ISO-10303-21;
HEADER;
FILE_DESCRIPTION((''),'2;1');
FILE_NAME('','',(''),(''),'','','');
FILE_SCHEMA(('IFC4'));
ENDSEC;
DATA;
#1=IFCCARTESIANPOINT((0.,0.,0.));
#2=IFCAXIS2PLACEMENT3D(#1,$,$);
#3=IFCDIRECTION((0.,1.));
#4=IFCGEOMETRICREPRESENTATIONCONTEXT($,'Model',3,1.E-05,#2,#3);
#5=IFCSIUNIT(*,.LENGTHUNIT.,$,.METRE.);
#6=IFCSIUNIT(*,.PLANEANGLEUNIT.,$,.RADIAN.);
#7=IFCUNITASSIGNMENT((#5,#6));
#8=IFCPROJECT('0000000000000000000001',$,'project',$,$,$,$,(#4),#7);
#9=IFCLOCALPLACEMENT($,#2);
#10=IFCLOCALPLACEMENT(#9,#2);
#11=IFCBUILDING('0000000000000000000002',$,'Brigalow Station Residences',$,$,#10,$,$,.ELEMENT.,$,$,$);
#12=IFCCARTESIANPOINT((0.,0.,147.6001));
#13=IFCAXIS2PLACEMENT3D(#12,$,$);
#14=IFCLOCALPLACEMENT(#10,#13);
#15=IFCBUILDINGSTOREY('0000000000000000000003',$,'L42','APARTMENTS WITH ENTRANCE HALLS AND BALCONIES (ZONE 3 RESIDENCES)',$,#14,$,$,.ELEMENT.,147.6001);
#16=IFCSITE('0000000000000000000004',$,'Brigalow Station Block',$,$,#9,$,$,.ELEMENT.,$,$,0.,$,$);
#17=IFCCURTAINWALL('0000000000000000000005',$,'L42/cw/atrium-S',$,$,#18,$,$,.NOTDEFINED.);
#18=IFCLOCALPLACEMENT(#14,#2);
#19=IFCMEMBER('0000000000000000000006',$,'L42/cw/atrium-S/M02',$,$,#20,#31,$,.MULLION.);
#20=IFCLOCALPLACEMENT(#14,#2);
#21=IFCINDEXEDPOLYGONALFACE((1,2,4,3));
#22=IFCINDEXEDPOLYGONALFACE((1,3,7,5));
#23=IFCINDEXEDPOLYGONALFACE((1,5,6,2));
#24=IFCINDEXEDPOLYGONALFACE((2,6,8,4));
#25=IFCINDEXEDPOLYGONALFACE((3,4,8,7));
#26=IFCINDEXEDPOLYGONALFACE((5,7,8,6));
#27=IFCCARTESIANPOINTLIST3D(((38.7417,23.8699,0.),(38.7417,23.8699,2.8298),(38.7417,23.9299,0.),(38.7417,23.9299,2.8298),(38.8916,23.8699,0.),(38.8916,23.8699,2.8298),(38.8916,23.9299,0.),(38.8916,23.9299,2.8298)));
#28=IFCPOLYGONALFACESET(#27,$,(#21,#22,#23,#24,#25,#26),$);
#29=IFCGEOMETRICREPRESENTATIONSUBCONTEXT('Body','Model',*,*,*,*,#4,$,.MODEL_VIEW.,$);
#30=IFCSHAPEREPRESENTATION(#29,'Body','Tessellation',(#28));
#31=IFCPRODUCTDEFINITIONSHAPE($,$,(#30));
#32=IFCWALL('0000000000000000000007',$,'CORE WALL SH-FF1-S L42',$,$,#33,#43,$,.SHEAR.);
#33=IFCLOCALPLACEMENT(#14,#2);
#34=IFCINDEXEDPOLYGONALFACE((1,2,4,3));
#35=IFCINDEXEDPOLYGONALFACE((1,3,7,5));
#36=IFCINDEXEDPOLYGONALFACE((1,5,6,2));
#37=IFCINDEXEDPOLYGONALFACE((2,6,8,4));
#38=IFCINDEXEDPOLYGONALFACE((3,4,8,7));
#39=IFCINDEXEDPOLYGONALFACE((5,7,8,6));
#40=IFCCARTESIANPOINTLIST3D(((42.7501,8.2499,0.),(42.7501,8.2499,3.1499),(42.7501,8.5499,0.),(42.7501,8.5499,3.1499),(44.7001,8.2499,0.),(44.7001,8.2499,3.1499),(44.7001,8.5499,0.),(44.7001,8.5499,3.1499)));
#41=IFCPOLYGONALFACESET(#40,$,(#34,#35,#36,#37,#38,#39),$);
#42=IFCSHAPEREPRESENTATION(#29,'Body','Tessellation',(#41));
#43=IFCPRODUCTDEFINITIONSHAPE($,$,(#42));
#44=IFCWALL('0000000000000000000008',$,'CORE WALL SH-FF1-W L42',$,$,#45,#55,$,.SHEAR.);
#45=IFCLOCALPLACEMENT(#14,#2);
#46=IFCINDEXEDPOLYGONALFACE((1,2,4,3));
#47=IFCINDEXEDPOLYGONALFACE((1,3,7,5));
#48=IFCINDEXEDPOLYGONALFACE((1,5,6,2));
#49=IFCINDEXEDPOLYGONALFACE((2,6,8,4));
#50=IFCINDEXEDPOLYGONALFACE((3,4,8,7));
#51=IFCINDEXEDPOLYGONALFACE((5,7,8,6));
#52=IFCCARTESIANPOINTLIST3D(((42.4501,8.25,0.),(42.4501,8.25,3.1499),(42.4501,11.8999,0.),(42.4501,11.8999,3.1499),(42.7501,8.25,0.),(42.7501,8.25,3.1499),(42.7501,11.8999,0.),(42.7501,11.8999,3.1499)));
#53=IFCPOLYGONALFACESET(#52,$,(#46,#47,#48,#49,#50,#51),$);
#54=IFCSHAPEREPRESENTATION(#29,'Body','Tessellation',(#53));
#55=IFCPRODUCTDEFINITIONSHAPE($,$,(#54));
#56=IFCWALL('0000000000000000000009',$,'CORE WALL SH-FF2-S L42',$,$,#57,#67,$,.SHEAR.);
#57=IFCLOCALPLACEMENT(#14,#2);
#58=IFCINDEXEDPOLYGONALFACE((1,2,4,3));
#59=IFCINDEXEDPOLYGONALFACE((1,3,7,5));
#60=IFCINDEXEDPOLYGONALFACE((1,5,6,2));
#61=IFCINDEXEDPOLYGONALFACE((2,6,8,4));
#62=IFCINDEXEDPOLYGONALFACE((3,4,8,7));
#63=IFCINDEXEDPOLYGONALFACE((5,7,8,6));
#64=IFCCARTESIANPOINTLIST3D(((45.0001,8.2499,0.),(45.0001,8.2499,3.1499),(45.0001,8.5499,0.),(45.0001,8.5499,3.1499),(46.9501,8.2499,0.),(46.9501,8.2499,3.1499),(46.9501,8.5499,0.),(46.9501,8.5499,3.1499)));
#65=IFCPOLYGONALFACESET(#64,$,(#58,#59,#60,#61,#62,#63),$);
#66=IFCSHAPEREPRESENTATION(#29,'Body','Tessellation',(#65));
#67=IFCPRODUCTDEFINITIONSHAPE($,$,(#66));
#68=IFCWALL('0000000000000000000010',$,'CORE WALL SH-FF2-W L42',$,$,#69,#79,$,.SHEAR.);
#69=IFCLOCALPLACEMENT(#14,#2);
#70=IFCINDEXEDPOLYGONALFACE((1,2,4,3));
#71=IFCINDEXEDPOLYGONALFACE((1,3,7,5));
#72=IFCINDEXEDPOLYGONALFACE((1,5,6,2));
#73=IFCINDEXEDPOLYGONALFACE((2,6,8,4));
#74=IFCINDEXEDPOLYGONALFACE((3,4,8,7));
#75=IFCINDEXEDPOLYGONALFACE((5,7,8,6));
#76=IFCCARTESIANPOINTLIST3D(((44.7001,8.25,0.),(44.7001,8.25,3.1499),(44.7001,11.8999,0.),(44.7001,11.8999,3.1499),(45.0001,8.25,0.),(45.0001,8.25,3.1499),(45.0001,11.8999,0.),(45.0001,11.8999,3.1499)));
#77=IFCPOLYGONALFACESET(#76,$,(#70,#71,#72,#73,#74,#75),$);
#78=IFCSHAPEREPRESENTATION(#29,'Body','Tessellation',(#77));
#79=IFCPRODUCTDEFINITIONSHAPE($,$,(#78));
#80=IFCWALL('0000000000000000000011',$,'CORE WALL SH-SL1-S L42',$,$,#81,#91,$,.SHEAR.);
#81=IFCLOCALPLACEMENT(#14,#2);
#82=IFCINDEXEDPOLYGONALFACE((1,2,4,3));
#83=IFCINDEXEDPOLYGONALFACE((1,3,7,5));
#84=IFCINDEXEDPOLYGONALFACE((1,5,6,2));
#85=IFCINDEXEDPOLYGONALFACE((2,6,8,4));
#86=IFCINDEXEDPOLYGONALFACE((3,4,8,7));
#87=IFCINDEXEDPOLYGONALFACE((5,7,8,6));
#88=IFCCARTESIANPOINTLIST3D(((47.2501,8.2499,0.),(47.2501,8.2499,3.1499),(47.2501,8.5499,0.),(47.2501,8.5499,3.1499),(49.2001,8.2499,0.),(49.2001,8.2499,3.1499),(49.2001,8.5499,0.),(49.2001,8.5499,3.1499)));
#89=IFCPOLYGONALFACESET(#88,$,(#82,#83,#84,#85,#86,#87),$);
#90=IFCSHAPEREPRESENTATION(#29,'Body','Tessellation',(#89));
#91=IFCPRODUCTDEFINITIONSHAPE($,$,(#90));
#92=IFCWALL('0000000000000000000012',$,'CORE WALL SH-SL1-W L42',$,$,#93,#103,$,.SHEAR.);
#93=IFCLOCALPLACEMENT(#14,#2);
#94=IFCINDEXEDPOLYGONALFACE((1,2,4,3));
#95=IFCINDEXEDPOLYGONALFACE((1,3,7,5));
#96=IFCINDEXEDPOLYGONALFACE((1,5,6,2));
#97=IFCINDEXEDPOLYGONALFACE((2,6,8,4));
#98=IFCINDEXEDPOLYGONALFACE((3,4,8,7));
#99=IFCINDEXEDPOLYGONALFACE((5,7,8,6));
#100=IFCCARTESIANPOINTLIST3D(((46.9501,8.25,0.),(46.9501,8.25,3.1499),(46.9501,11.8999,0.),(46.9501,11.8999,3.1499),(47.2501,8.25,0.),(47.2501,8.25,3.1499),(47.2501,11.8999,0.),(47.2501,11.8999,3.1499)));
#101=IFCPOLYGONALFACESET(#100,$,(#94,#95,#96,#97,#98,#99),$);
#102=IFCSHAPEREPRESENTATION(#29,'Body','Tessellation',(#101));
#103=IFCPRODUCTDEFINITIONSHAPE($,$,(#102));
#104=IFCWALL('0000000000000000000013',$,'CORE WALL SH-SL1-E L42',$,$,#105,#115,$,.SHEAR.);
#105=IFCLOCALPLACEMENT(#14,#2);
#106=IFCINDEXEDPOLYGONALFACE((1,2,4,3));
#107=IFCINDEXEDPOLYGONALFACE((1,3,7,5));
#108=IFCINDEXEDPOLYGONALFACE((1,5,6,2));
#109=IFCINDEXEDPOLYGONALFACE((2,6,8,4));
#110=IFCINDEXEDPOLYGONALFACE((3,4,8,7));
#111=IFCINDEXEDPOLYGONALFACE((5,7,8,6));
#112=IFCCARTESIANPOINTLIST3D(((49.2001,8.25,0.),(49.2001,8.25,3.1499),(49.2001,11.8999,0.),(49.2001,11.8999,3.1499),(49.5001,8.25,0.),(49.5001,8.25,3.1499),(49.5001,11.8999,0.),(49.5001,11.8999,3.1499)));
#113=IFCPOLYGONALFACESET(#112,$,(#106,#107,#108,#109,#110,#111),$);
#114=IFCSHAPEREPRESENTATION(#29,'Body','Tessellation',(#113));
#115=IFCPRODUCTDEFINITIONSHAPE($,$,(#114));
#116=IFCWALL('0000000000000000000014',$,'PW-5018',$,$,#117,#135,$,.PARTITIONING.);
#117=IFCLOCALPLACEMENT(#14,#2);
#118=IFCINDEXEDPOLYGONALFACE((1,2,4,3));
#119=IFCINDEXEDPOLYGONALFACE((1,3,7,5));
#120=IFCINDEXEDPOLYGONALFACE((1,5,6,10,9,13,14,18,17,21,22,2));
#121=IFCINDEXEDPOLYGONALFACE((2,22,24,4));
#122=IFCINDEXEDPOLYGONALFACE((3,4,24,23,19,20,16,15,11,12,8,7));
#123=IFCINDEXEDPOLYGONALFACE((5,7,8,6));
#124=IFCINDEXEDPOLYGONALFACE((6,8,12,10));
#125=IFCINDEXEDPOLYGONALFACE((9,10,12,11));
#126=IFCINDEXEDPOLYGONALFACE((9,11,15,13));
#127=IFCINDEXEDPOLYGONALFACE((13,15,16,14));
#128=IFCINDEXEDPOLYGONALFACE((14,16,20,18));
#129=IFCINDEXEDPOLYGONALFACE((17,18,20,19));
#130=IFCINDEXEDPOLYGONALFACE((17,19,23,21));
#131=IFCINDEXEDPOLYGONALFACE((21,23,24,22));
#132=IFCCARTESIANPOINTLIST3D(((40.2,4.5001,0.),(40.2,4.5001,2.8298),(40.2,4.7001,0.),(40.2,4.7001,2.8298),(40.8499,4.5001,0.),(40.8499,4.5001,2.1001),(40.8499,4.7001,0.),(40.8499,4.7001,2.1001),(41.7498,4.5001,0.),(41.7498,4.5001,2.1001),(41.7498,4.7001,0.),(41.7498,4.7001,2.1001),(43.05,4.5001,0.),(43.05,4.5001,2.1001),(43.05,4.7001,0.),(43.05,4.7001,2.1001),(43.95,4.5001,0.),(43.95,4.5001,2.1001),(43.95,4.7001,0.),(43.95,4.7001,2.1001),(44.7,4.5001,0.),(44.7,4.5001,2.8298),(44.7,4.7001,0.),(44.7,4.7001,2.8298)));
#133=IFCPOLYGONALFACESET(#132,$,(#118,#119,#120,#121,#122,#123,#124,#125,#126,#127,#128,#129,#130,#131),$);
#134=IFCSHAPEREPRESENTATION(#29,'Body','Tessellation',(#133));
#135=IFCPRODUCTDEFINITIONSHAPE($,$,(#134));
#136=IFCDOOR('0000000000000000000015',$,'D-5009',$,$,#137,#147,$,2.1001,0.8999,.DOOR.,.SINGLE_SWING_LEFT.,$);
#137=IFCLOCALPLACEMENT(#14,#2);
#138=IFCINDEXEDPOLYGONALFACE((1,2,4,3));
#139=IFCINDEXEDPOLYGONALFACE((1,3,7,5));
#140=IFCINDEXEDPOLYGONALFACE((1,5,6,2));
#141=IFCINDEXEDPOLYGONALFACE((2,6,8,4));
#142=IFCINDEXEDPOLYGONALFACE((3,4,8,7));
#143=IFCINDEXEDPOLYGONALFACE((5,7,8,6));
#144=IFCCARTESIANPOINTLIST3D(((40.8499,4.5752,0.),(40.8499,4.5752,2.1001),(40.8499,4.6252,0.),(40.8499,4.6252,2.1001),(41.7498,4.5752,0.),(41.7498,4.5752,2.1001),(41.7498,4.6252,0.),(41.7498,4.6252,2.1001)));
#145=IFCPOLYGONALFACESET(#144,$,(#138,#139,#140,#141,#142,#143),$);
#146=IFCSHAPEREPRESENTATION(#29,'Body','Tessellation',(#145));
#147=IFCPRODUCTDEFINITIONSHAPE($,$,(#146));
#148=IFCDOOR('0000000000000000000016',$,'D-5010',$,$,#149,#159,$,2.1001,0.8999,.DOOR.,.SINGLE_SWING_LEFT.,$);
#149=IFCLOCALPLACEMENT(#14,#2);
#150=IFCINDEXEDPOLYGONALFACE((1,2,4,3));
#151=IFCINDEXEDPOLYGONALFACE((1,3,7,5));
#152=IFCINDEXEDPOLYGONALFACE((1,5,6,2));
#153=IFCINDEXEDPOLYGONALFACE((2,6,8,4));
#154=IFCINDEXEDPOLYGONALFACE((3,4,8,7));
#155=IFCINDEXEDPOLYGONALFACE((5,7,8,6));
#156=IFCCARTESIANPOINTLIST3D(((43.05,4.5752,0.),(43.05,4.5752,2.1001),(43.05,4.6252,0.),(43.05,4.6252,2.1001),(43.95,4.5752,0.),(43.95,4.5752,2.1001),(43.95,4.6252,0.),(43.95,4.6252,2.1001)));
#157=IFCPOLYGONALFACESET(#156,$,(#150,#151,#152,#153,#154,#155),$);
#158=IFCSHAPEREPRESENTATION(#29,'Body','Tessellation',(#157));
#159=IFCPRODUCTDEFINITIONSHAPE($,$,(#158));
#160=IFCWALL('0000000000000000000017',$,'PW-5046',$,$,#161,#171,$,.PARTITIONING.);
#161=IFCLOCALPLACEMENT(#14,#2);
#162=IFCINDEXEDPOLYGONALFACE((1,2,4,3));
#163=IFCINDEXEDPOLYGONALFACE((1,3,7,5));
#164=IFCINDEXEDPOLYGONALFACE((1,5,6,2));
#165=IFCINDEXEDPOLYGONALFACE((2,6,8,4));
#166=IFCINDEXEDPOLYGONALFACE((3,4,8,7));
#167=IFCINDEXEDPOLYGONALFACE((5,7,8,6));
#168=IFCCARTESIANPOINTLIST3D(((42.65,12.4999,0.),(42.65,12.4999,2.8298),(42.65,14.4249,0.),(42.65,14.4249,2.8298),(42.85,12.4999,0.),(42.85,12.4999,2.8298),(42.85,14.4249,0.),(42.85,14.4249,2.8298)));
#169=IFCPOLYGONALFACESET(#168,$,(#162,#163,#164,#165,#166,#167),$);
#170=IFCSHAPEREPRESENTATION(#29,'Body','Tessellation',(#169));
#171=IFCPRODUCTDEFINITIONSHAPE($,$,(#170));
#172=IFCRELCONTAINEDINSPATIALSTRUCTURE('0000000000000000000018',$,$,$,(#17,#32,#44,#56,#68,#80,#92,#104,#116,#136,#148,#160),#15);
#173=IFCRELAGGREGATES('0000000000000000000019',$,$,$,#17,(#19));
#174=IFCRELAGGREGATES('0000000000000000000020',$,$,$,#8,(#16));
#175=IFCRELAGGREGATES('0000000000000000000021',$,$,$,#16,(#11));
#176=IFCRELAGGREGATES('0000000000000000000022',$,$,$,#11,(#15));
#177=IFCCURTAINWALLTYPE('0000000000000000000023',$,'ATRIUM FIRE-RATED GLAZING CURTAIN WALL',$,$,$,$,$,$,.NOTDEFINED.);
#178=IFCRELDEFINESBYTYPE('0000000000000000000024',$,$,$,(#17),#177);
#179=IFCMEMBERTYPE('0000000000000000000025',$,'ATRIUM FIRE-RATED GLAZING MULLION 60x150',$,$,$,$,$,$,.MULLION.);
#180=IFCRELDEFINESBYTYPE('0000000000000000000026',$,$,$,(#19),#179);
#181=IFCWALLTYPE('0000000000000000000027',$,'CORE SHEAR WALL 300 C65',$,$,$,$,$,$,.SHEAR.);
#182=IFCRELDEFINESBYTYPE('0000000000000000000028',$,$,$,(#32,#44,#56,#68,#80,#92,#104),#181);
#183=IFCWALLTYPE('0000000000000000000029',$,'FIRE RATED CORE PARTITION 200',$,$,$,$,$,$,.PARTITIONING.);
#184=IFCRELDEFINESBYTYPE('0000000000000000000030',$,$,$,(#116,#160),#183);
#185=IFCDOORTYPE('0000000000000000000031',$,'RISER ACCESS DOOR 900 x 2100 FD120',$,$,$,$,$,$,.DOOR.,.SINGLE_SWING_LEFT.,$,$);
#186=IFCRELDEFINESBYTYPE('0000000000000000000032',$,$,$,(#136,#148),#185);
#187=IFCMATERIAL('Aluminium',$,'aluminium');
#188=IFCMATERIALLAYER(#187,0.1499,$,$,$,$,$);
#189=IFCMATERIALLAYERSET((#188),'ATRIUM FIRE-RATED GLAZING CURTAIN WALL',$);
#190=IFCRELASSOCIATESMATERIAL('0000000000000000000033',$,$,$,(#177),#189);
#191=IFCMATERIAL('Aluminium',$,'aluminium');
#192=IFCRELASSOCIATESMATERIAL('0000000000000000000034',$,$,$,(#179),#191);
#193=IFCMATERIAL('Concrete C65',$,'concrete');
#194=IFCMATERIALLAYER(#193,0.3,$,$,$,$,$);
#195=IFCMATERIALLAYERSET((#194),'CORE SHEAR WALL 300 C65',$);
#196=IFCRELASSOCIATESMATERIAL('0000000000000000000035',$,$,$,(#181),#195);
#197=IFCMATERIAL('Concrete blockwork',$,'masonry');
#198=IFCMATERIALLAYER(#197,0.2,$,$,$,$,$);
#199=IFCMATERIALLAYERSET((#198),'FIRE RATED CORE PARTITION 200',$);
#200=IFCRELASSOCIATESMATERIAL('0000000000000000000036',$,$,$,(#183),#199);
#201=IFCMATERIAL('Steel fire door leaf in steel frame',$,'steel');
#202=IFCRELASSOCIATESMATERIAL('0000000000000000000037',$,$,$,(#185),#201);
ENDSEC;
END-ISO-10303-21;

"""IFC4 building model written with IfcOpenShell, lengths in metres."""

from ifc_helpers import new_model, si_unit, direction, frame, frame_2d, origin, origin_2d, place, context, subcontext, project, spatial, rectangle, extrude, material, layer, layer_set, material_profile, profile_set, type_object, element, fill, aggregate, save


model = new_model("IFC4")

# Units and contexts
model_context = context("Model", 3, precision=1e-05, world=origin(), true_north=direction((0.0, 1.0)))
body_context = subcontext(model_context, "Body", "Model", "MODEL_VIEW")
ifc_project = project(units=[si_unit("LENGTHUNIT", "METRE"), si_unit("PLANEANGLEUNIT", "RADIAN")], contexts=[model_context])

# Site, building, storey
site_placement = place(None, origin())
site = spatial("IfcSite", under=ifc_project, at=site_placement, Name="Brigalow Station Block", CompositionType="ELEMENT", RefElevation=0.0)
building_placement = place(site_placement, origin())
building = spatial("IfcBuilding", under=site, at=building_placement, Name="Brigalow Station Residences", CompositionType="ELEMENT")
storey_placement = place(building_placement, frame((0.0, 0.0, 147.6001)))
storey = spatial("IfcBuildingStorey", under=building, at=storey_placement, Name="L42", Description="APARTMENTS WITH ENTRANCE HALLS AND BALCONIES (ZONE 3 RESIDENCES)", CompositionType="ELEMENT", Elevation=147.6001)

# Curtain wall, member
ifc_material_1 = material(Name="Aluminium", Category="aluminium")
ifc_layer_1 = layer(ifc_material_1, 0.1499)
ifc_layer_set_1 = layer_set([ifc_layer_1], Name="ATRIUM FIRE-RATED GLAZING CURTAIN WALL")
curtain_wall_type = type_object("IfcCurtainWallType", Name="ATRIUM FIRE-RATED GLAZING CURTAIN WALL", PredefinedType="NOTDEFINED", material=ifc_layer_set_1)
curtain_wall_placement = place(storey_placement, origin())
curtain_wall = element("IfcCurtainWall", 1, at=curtain_wall_placement, inside=storey, type_object=curtain_wall_type, Name="L42/cw/atrium-S", PredefinedType="NOTDEFINED")
ifc_material_2 = material(Name="Aluminium", Category="aluminium")
ifc_material_profile = material_profile(ifc_material_2, rectangle(XDim=0.0601, YDim=0.1499, at=origin_2d()), Name="ATRIUM FIRE-RATED GLAZING MULLION 60x150")
ifc_profile_set = profile_set([ifc_material_profile], Name="Aluminium")
member_type = type_object("IfcMemberType", Name="ATRIUM FIRE-RATED GLAZING MULLION 60x150", PredefinedType="MULLION", material=ifc_profile_set)
member_placement = place(storey_placement, frame((38.8167, 23.8999, 0.0), z_axis=(0.0, 0.0, 1.0), x_axis=(0.0, 1.0, 0.0)))
member = element("IfcMember", 2, at=member_placement, type_object=member_type, Name="L42/cw/atrium-S/M02", PredefinedType="MULLION", context=body_context, shape_type="SweptSolid", body=[
    extrude(rectangle(XDim=0.0601, YDim=0.1499, at=origin_2d()), origin(), (0.0, 0.0, 1.0), 2.8298),
])
aggregate(curtain_wall, [member])

# Walls
ifc_material_3 = material(Name="Concrete C65", Category="concrete")
ifc_layer_2 = layer(ifc_material_3, 0.3)
ifc_layer_set_2 = layer_set([ifc_layer_2], Name="CORE SHEAR WALL 300 C65")
wall_type_1 = type_object("IfcWallType", Name="CORE SHEAR WALL 300 C65", PredefinedType="SHEAR", material=ifc_layer_set_2)
wall_1_placement = place(storey_placement, frame((42.75, 8.3999, 0.0), z_axis=(0.0, 0.0, 1.0), x_axis=(1.0, 0.0, 0.0)))
element("IfcWall", 3, at=wall_1_placement, inside=storey, type_object=wall_type_1, Name="CORE WALL SH-FF1-S L42", PredefinedType="SHEAR", context=body_context, shape_type="SweptSolid", body=[
    extrude(rectangle(XDim=1.95, YDim=0.3, at=frame_2d((0.9751, 0.0))), origin(), (0.0, 0.0, 1.0), 3.1499),
])
wall_2_placement = place(storey_placement, frame((42.6001, 8.25, 0.0), z_axis=(0.0, 0.0, 1.0), x_axis=(0.0, 1.0, 0.0)))
element("IfcWall", 4, at=wall_2_placement, inside=storey, type_object=wall_type_1, Name="CORE WALL SH-FF1-W L42", PredefinedType="SHEAR", context=body_context, shape_type="SweptSolid", body=[
    extrude(rectangle(XDim=3.6499, YDim=0.3, at=frame_2d((1.825, 0.0))), origin(), (0.0, 0.0, 1.0), 3.1499),
])
wall_3_placement = place(storey_placement, frame((45.0, 8.3999, 0.0), z_axis=(0.0, 0.0, 1.0), x_axis=(1.0, 0.0, 0.0)))
element("IfcWall", 5, at=wall_3_placement, inside=storey, type_object=wall_type_1, Name="CORE WALL SH-FF2-S L42", PredefinedType="SHEAR", context=body_context, shape_type="SweptSolid", body=[
    extrude(rectangle(XDim=1.95, YDim=0.3, at=frame_2d((0.9751, 0.0))), origin(), (0.0, 0.0, 1.0), 3.1499),
])
wall_4_placement = place(storey_placement, frame((44.8501, 8.25, 0.0), z_axis=(0.0, 0.0, 1.0), x_axis=(0.0, 1.0, 0.0)))
element("IfcWall", 6, at=wall_4_placement, inside=storey, type_object=wall_type_1, Name="CORE WALL SH-FF2-W L42", PredefinedType="SHEAR", context=body_context, shape_type="SweptSolid", body=[
    extrude(rectangle(XDim=3.6499, YDim=0.3, at=frame_2d((1.825, 0.0))), origin(), (0.0, 0.0, 1.0), 3.1499),
])
wall_5_placement = place(storey_placement, frame((47.25, 8.3999, 0.0), z_axis=(0.0, 0.0, 1.0), x_axis=(1.0, 0.0, 0.0)))
element("IfcWall", 7, at=wall_5_placement, inside=storey, type_object=wall_type_1, Name="CORE WALL SH-SL1-S L42", PredefinedType="SHEAR", context=body_context, shape_type="SweptSolid", body=[
    extrude(rectangle(XDim=1.95, YDim=0.3, at=frame_2d((0.9751, 0.0))), origin(), (0.0, 0.0, 1.0), 3.1499),
])
for number, where, z_axis, x_axis, name in (
    (8, (47.1001, 8.25, 0.0), (0.0, 0.0, 1.0), (0.0, 1.0, 0.0), "CORE WALL SH-SL1-W L42"),
    (9, (49.3501, 8.25, 0.0), (0.0, 0.0, 1.0), (0.0, 1.0, 0.0), "CORE WALL SH-SL1-E L42"),
):
    element("IfcWall", number, at=place(storey_placement, frame(where, z_axis=z_axis, x_axis=x_axis)), inside=storey, type_object=wall_type_1, Name=name, PredefinedType="SHEAR", context=body_context, shape_type="SweptSolid", body=[
        extrude(rectangle(XDim=3.6499, YDim=0.3, at=frame_2d((1.825, 0.0))), origin(), (0.0, 0.0, 1.0), 3.1499),
    ])

# Wall, openings, doors
ifc_material_4 = material(Name="Concrete blockwork", Category="masonry")
ifc_layer_3 = layer(ifc_material_4, 0.2)
ifc_layer_set_3 = layer_set([ifc_layer_3], Name="FIRE RATED CORE PARTITION 200")
wall_type_2 = type_object("IfcWallType", Name="FIRE RATED CORE PARTITION 200", PredefinedType="PARTITIONING", material=ifc_layer_set_3)
wall_6_placement = place(storey_placement, frame((40.2, 4.6001, 0.0), z_axis=(0.0, 0.0, 1.0), x_axis=(1.0, 0.0, 0.0)))
wall_6 = element("IfcWall", 10, at=wall_6_placement, inside=storey, type_object=wall_type_2, Name="PW-5018", PredefinedType="PARTITIONING", context=body_context, shape_type="SweptSolid", body=[
    extrude(rectangle(XDim=4.5, YDim=0.2, at=frame_2d((2.25, 0.0))), origin(), (0.0, 0.0, 1.0), 2.8298),
])
opening_1_placement = place(wall_6_placement, frame((0.6499, 0.0, 0.0)))
opening_1 = element("IfcOpeningElement", 11, at=opening_1_placement, cuts=wall_6, PredefinedType="OPENING", context=body_context, shape_type="SweptSolid", body=[
    extrude(rectangle(XDim=0.8999, YDim=2.1001, at=frame_2d((0.45, 1.05))), frame((0.0, 0.1099, 0.0), z_axis=(0.0, -1.0, 0.0), x_axis=(1.0, 0.0, 0.0)), (0.0, 0.0, 1.0), 0.22),
])
opening_2_placement = place(wall_6_placement, frame((2.8501, 0.0, 0.0)))
opening_2 = element("IfcOpeningElement", 12, at=opening_2_placement, cuts=wall_6, PredefinedType="OPENING", context=body_context, shape_type="SweptSolid", body=[
    extrude(rectangle(XDim=0.8999, YDim=2.1001, at=frame_2d((0.45, 1.05))), frame((0.0, 0.1099, 0.0), z_axis=(0.0, -1.0, 0.0), x_axis=(1.0, 0.0, 0.0)), (0.0, 0.0, 1.0), 0.22),
])
ifc_material_5 = material(Name="Steel fire door leaf in steel frame", Category="steel")
door_type_1 = type_object("IfcDoorType", Name="RISER ACCESS DOOR 900 x 2100 FD120", OperationType="SINGLE_SWING_LEFT", PredefinedType="DOOR", material=ifc_material_5)
door_1_placement = place(opening_1_placement, frame((0.8999, 0.0, 0.0), z_axis=(0.0, 0.0, 1.0), x_axis=(-1.0, 0.0, 0.0)))
door_1 = element("IfcDoor", 13, at=door_1_placement, inside=storey, type_object=door_type_1, Name="D-5009", OperationType="SINGLE_SWING_LEFT", OverallHeight=2.1001, OverallWidth=0.8999, PredefinedType="DOOR", context=body_context, shape_type="SweptSolid", body=[
    extrude(rectangle(XDim=0.8999, YDim=2.1001, at=frame_2d((0.45, 1.05))), frame((0.0, 0.0249, 0.0), z_axis=(0.0, -1.0, 0.0), x_axis=(1.0, 0.0, 0.0)), (0.0, 0.0, 1.0), 0.05),
])
fill(opening_1, door_1)
door_2_placement = place(opening_2_placement, frame((0.8999, 0.0, 0.0), z_axis=(0.0, 0.0, 1.0), x_axis=(-1.0, 0.0, 0.0)))
door_2 = element("IfcDoor", 14, at=door_2_placement, inside=storey, type_object=door_type_1, Name="D-5010", OperationType="SINGLE_SWING_LEFT", OverallHeight=2.1001, OverallWidth=0.8999, PredefinedType="DOOR", context=body_context, shape_type="SweptSolid", body=[
    extrude(rectangle(XDim=0.8999, YDim=2.1001, at=frame_2d((0.45, 1.05))), frame((0.0, 0.0249, 0.0), z_axis=(0.0, -1.0, 0.0), x_axis=(1.0, 0.0, 0.0)), (0.0, 0.0, 1.0), 0.05),
])
fill(opening_2, door_2)

# Wall
wall_7_placement = place(storey_placement, frame((42.75, 12.5, 0.0), z_axis=(0.0, 0.0, 1.0), x_axis=(0.0, 1.0, 0.0)))
element("IfcWall", 15, at=wall_7_placement, inside=storey, type_object=wall_type_2, Name="PW-5046", PredefinedType="PARTITIONING", context=body_context, shape_type="SweptSolid", body=[
    extrude(rectangle(XDim=1.925, YDim=0.2, at=frame_2d((0.9624, 0.0))), origin(), (0.0, 0.0, 1.0), 2.8298),
])

save(model, "model.ifc")
